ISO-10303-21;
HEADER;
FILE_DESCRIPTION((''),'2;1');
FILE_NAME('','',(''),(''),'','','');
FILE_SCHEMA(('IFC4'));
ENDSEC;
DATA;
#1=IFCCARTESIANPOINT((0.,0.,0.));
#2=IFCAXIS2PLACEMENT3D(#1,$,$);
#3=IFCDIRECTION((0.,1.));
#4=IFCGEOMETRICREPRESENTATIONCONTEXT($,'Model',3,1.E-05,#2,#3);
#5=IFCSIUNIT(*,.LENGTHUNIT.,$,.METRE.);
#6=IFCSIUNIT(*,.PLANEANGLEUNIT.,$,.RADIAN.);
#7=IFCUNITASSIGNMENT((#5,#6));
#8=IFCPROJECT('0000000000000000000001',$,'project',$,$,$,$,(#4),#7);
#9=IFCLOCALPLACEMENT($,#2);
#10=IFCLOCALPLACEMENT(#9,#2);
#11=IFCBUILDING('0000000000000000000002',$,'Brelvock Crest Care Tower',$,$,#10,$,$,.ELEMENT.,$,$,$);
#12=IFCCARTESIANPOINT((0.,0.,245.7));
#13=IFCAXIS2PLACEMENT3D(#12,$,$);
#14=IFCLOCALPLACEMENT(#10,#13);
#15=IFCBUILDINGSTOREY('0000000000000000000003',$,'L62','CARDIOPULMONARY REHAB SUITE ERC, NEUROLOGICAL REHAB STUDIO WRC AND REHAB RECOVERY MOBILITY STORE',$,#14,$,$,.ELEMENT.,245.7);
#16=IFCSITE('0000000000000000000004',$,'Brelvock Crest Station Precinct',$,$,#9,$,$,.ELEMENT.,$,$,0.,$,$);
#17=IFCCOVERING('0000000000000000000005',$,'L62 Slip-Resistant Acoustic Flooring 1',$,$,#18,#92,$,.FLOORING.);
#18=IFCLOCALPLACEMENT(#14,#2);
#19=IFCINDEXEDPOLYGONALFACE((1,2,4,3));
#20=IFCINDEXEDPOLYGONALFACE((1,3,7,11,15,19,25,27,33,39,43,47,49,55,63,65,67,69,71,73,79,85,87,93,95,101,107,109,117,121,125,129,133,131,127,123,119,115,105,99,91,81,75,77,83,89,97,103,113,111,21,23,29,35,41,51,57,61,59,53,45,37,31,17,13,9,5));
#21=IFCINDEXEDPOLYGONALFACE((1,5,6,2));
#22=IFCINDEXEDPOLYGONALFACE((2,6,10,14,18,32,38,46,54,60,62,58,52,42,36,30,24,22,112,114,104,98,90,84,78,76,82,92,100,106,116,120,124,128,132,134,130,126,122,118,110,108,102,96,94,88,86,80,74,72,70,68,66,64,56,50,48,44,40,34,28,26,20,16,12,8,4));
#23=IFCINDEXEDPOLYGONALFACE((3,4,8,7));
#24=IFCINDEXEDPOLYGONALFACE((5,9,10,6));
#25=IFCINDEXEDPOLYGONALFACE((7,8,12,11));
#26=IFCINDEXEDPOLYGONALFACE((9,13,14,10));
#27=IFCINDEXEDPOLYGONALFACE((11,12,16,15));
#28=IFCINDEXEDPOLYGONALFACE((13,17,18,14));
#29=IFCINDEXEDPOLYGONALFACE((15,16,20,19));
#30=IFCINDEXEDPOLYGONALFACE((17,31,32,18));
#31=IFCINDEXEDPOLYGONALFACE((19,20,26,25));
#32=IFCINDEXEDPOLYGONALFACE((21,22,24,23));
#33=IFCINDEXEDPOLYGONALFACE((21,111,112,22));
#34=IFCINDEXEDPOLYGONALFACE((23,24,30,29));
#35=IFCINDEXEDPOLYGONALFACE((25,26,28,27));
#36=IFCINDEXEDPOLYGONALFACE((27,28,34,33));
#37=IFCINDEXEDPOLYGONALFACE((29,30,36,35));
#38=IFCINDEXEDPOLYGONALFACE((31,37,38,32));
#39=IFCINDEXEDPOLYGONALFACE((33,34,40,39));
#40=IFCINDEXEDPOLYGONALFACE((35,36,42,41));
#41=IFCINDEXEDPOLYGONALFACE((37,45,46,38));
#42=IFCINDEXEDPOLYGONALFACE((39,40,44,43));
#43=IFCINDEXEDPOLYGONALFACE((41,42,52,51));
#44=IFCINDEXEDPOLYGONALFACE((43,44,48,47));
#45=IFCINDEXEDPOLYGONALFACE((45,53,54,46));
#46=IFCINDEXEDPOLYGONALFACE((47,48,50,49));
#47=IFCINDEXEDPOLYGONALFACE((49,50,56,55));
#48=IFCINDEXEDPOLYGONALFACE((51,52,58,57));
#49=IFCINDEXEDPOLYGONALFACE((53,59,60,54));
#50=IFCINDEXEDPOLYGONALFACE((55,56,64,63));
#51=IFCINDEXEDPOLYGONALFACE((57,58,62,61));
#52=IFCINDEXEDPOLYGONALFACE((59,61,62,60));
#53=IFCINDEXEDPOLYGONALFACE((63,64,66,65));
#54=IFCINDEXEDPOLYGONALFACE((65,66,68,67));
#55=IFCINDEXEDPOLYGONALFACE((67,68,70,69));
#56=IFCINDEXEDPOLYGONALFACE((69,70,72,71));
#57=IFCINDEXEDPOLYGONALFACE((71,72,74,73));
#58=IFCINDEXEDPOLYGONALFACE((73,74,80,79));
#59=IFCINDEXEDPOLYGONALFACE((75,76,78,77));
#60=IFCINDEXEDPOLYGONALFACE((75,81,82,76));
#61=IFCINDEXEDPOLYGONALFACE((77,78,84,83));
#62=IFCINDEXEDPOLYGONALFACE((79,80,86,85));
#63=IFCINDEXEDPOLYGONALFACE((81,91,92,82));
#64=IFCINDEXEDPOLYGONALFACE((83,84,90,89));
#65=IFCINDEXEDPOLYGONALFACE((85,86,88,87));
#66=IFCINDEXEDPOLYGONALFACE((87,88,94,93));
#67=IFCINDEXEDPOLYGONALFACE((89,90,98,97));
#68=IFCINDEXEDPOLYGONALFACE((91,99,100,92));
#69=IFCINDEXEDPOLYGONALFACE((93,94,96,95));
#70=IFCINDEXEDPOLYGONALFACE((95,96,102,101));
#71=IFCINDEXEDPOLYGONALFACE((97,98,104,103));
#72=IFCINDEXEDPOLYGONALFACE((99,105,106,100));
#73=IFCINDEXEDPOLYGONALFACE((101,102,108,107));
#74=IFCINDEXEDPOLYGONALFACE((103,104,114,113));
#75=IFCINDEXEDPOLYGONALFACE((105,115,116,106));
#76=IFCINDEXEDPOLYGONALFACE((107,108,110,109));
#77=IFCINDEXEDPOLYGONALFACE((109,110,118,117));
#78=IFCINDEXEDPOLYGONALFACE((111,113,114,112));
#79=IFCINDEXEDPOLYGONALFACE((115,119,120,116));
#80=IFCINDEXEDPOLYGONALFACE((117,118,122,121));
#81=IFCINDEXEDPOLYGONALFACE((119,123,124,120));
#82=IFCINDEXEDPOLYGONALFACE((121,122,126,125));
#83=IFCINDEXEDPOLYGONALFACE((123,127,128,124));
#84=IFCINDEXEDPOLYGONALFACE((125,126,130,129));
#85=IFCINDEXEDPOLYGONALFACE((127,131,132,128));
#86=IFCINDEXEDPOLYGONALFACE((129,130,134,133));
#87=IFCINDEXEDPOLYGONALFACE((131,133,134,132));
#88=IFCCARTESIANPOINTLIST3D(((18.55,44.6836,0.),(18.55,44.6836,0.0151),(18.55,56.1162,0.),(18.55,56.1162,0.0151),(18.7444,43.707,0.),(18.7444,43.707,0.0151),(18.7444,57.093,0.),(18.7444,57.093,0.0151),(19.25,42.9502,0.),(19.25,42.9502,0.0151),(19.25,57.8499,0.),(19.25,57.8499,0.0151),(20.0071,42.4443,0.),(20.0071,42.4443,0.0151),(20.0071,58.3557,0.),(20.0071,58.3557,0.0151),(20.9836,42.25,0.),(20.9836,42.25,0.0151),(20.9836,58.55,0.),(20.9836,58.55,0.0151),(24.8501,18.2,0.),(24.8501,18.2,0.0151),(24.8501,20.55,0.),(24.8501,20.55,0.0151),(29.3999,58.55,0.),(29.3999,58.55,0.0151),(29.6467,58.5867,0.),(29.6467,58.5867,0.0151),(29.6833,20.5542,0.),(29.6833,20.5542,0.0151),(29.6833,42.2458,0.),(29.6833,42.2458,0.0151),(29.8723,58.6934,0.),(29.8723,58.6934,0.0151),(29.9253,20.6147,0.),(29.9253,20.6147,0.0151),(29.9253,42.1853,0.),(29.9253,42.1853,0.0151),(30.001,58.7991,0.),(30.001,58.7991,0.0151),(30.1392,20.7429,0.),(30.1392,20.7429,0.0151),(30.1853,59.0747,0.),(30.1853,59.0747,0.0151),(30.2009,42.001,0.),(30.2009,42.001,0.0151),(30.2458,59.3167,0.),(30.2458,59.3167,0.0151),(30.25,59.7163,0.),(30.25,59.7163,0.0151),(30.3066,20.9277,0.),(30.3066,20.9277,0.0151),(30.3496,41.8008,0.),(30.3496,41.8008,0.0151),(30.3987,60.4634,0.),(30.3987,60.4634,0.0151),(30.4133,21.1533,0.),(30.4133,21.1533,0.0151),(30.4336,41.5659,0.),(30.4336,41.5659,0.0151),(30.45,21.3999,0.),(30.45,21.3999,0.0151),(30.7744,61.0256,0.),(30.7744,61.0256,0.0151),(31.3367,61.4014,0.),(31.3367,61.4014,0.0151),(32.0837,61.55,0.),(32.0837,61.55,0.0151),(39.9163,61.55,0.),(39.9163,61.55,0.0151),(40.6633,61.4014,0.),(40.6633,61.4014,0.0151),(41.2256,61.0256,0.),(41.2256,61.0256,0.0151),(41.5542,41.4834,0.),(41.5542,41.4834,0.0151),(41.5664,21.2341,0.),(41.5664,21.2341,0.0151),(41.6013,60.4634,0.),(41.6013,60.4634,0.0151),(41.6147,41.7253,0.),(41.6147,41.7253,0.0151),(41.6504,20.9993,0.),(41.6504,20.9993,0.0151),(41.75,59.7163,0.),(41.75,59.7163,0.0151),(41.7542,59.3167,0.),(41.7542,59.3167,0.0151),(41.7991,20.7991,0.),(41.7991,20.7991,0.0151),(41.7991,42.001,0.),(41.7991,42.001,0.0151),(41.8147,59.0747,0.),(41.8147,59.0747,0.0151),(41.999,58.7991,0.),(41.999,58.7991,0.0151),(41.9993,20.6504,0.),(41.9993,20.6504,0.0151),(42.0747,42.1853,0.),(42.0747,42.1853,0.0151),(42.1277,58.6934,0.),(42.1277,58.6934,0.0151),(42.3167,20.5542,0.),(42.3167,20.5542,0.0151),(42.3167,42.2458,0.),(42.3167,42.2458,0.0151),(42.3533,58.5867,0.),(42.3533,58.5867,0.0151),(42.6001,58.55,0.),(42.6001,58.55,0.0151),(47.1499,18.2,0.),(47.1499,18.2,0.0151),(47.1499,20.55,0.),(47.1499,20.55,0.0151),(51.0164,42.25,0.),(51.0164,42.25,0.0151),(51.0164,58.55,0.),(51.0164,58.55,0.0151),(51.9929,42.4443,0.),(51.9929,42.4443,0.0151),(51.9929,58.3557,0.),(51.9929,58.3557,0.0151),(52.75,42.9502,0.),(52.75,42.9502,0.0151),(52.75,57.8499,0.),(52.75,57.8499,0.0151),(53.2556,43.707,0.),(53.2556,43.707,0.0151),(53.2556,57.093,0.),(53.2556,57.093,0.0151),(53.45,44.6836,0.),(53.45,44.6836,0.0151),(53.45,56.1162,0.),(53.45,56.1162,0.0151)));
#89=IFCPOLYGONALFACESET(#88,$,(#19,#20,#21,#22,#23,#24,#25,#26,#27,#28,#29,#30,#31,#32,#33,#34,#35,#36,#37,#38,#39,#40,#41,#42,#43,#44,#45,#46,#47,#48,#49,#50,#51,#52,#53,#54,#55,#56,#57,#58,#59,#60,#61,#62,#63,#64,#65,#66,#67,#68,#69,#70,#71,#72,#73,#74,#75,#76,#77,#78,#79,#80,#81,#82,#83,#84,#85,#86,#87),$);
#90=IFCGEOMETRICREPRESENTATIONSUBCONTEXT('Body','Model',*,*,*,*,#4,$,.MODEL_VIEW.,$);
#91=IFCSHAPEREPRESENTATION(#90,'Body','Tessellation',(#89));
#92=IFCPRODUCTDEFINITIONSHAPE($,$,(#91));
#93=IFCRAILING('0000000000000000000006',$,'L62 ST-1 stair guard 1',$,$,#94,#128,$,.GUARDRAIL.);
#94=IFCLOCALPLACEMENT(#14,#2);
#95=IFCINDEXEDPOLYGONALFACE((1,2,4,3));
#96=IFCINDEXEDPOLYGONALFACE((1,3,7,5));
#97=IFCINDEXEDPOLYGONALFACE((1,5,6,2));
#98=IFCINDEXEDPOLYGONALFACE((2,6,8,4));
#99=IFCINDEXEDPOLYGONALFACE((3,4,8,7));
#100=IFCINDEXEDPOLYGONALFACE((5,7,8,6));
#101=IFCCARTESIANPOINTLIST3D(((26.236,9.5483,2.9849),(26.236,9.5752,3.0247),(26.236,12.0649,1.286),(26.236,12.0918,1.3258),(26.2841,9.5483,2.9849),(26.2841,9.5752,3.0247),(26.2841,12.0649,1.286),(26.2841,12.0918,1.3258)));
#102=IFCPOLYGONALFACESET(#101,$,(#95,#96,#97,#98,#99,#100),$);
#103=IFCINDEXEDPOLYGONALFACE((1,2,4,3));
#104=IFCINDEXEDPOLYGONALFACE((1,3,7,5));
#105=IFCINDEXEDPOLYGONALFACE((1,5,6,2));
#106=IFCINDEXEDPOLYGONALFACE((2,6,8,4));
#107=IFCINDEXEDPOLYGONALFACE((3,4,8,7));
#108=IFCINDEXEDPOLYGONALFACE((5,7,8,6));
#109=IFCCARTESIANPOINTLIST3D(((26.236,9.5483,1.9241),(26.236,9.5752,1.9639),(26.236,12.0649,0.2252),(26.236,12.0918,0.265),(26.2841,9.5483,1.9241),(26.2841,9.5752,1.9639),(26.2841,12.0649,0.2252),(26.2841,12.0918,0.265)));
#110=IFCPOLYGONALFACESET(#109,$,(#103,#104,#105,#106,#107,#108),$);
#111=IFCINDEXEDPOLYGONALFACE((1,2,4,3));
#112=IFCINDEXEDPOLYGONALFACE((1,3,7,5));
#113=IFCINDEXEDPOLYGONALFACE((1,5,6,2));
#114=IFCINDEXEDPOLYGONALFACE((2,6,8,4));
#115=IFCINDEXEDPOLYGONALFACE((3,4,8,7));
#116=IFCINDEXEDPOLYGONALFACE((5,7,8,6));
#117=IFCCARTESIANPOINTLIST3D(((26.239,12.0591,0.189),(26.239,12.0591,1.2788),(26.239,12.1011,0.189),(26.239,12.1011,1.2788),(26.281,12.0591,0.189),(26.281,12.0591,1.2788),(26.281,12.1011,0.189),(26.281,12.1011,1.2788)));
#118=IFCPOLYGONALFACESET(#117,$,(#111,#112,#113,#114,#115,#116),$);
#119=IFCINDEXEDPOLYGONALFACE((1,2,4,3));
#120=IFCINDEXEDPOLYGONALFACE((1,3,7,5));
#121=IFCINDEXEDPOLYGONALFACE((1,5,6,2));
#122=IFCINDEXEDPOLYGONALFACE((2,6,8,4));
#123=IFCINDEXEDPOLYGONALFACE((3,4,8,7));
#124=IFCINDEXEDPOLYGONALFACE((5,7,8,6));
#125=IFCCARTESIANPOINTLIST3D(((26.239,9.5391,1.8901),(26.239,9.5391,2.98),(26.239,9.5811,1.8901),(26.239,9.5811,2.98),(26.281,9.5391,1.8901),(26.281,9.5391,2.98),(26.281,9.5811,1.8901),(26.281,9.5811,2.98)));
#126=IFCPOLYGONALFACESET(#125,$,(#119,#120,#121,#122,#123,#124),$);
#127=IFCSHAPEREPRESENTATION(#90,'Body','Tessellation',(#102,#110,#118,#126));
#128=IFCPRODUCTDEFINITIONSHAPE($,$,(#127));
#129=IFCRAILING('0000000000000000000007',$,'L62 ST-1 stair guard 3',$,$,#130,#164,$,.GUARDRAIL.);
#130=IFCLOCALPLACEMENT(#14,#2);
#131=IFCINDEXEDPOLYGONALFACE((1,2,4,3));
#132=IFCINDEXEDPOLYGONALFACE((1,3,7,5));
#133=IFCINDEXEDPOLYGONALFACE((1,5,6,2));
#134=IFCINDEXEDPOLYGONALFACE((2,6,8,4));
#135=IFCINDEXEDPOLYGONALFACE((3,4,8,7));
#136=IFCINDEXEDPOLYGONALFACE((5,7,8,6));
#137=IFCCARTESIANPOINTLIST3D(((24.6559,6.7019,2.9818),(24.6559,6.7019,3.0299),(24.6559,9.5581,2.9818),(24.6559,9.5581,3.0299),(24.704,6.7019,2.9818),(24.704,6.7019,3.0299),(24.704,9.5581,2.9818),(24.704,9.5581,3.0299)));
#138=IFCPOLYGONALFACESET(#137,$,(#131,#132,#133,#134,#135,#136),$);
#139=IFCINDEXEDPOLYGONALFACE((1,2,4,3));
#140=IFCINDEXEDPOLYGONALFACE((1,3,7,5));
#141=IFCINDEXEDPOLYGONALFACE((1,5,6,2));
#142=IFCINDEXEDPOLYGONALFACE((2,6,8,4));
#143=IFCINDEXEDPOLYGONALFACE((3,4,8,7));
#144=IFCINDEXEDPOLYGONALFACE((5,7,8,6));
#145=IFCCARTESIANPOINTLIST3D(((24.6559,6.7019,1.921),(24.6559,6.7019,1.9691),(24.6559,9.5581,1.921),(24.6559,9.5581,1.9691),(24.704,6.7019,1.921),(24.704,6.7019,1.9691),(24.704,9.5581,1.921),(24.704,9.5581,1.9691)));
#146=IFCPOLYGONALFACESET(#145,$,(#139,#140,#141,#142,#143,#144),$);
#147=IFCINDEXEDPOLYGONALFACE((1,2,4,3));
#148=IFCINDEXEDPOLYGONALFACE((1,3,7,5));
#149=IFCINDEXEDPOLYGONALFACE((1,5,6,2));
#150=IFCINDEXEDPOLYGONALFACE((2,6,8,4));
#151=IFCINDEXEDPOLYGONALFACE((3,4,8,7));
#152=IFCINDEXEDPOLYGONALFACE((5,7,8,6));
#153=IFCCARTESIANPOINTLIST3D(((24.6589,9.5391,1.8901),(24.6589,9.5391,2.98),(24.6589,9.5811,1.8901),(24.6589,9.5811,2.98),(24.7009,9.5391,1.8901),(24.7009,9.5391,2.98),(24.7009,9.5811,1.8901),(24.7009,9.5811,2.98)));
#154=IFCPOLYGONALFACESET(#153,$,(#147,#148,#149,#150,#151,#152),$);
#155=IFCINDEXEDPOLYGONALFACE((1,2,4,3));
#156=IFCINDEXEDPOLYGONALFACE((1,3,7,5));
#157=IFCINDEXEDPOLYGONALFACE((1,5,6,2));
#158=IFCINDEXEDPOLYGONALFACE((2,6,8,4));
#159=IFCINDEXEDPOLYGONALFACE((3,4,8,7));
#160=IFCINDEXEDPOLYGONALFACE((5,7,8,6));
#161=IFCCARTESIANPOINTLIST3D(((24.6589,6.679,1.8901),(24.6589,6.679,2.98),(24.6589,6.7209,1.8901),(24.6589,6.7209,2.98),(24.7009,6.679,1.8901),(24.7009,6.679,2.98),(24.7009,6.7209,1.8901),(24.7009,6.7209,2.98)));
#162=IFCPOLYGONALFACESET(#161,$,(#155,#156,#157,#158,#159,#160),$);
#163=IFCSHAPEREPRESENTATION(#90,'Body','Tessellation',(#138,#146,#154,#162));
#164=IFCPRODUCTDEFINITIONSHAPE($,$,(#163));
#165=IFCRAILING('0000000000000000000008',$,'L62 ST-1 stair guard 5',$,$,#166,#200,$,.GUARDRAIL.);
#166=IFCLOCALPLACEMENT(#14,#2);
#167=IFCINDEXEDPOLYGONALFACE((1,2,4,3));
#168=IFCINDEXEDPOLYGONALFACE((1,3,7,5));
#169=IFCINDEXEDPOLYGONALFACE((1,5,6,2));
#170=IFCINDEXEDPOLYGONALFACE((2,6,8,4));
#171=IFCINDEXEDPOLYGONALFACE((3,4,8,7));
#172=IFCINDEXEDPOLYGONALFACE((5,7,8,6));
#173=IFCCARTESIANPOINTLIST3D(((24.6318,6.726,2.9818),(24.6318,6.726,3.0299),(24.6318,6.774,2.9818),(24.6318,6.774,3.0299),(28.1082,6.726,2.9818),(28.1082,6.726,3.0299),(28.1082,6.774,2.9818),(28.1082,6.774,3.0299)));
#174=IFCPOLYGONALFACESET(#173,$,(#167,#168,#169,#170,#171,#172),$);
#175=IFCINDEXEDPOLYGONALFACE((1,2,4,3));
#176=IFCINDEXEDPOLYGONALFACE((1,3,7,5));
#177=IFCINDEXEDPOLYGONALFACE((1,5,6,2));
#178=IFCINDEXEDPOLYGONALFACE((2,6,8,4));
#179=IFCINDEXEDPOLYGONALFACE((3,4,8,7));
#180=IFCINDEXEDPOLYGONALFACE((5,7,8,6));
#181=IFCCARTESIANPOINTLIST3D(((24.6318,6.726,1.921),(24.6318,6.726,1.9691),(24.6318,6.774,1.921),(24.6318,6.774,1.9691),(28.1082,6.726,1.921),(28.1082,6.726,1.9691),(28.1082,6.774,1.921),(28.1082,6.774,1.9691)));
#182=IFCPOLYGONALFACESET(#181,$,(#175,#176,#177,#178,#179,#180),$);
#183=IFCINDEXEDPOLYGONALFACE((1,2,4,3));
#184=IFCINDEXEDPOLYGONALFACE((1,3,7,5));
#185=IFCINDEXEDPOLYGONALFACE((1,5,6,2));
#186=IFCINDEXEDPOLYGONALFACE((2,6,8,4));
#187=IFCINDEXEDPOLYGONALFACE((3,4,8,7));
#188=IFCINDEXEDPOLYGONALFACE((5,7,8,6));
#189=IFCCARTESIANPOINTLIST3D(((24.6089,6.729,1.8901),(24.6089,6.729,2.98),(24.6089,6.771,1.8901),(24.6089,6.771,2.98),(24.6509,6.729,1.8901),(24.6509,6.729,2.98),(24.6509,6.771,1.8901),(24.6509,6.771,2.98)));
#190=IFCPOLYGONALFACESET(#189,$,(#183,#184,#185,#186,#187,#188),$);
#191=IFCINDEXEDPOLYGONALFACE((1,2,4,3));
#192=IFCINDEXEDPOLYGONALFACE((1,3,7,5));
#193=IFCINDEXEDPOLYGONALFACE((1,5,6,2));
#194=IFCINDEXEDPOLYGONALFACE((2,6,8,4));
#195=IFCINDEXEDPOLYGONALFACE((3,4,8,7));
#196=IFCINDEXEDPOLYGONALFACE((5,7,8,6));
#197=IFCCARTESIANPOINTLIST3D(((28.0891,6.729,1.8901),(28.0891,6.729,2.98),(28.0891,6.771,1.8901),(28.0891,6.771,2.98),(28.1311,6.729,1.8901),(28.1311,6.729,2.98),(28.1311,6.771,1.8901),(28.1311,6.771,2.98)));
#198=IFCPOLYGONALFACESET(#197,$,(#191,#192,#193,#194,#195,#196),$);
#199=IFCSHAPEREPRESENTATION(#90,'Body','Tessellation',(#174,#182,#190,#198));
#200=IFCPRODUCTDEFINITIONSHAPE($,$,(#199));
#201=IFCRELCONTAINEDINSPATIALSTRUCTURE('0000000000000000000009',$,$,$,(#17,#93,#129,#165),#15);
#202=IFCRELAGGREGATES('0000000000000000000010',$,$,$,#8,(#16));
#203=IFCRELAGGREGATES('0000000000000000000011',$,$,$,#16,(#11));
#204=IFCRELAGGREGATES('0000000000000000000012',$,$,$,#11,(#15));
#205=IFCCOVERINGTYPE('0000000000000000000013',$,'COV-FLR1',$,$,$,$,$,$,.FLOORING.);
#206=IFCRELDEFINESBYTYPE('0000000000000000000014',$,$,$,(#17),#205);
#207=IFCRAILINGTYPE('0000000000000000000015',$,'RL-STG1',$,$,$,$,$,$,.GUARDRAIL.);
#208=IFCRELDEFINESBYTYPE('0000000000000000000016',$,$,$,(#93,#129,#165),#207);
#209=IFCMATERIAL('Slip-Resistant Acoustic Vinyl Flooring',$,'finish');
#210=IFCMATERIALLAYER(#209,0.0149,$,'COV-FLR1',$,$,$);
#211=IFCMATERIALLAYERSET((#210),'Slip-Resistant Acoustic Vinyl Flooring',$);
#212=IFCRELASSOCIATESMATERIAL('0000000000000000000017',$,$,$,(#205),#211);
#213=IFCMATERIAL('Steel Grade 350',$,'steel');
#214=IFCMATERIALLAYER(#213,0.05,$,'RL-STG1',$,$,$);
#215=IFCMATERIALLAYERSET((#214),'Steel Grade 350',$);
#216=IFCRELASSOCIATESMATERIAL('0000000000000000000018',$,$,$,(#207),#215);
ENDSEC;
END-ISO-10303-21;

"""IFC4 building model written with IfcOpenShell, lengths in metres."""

from ifc_helpers import new_model, si_unit, direction, frame, origin, origin_2d, place, context, subcontext, project, spatial, polyline, rectangle, outline, extrude, material, layer, layer_set, type_object, element, save


model = new_model("IFC4")

# Units and contexts
model_context = context("Model", 3, precision=1e-05, world=origin(), true_north=direction((0.0, 1.0)))
body_context = subcontext(model_context, "Body", "Model", "MODEL_VIEW")
ifc_project = project(units=[si_unit("LENGTHUNIT", "METRE"), si_unit("PLANEANGLEUNIT", "RADIAN")], contexts=[model_context])

# Site, building, storey
site_placement = place(None, origin())
site = spatial("IfcSite", under=ifc_project, at=site_placement, Name="Brelvock Crest Station Precinct", CompositionType="ELEMENT", RefElevation=0.0)
building_placement = place(site_placement, origin())
building = spatial("IfcBuilding", under=site, at=building_placement, Name="Brelvock Crest Care Tower", CompositionType="ELEMENT")
storey_placement = place(building_placement, frame((0.0, 0.0, 245.7)))
storey = spatial("IfcBuildingStorey", under=building, at=storey_placement, Name="L62", Description="CARDIOPULMONARY REHAB SUITE ERC, NEUROLOGICAL REHAB STUDIO WRC AND REHAB RECOVERY MOBILITY STORE", CompositionType="ELEMENT", Elevation=245.7)

# Shared definitions
ifc_material_1 = material(Name="Steel Grade 350", Category="steel")

# Covering
ifc_material_2 = material(Name="Slip-Resistant Acoustic Vinyl Flooring", Category="finish")
ifc_layer_1 = layer(ifc_material_2, 0.0149, Name="COV-FLR1")
ifc_layer_set_1 = layer_set([ifc_layer_1], Name="Slip-Resistant Acoustic Vinyl Flooring")
covering_type_1 = type_object("IfcCoveringType", Name="COV-FLR1", PredefinedType="FLOORING", material=ifc_layer_set_1)
covering_1_placement = place(storey_placement, origin())
element("IfcCovering", 1, at=covering_1_placement, inside=storey, type_object=covering_type_1, Name="L62 Slip-Resistant Acoustic Flooring 1", PredefinedType="FLOORING", context=body_context, shape_type="SweptSolid", body=[
    extrude(outline(polyline([(24.8501, 18.2), (47.1499, 18.2), (47.1499, 20.55), (42.3167, 20.5542), (41.9993, 20.6504), (41.7991, 20.7991), (41.6504, 20.9993), (41.5664, 21.2341), (41.5542, 41.4834), (41.6147, 41.7253), (41.7991, 42.001), (42.0747, 42.1853), (42.3167, 42.2458), (51.0164, 42.25), (51.9929, 42.4443), (52.75, 42.9502), (53.2556, 43.707), (53.45, 44.6836), (53.45, 56.1162), (53.2556, 57.093), (52.75, 57.8499), (51.9929, 58.3557), (51.0164, 58.55), (42.6001, 58.55), (42.3533, 58.5867), (42.1277, 58.6934), (41.999, 58.7991), (41.8147, 59.0747), (41.7542, 59.3167), (41.75, 59.7163), (41.6013, 60.4634), (41.2256, 61.0256), (40.6633, 61.4014), (39.9163, 61.55), (32.0837, 61.55), (31.3367, 61.4014), (30.7744, 61.0256), (30.3987, 60.4634), (30.25, 59.7163), (30.2458, 59.3167), (30.1853, 59.0747), (30.001, 58.7991), (29.8723, 58.6934), (29.6467, 58.5867), (29.3999, 58.55), (20.9836, 58.55), (20.0071, 58.3557), (19.25, 57.8499), (18.7444, 57.093), (18.55, 56.1162), (18.55, 44.6836), (18.7444, 43.707), (19.25, 42.9502), (20.0071, 42.4443), (20.9836, 42.25), (29.6833, 42.2458), (29.9253, 42.1853), (30.2009, 42.001), (30.3496, 41.8008), (30.4336, 41.5659), (30.45, 21.3999), (30.4133, 21.1533), (30.3066, 20.9277), (30.1392, 20.7429), (29.9253, 20.6147), (29.6833, 20.5542), (24.8501, 20.55), (24.8501, 18.2)])), origin(), (0.0, 0.0, 1.0), 0.0151),
])

# Railings
ifc_layer_2 = layer(ifc_material_1, 0.05, Name="RL-STG1")
ifc_layer_set_2 = layer_set([ifc_layer_2], Name="Steel Grade 350")
railing_type_1 = type_object("IfcRailingType", Name="RL-STG1", PredefinedType="GUARDRAIL", material=ifc_layer_set_2)
railing_1_placement = place(storey_placement, frame((26.26, 12.0801, 0.189)))
element("IfcRailing", 2, at=railing_1_placement, inside=storey, type_object=railing_type_1, Name="L62 ST-1 stair guard 1", PredefinedType="GUARDRAIL", context=body_context, shape_type="SweptSolid", body=[
    extrude(rectangle(XDim=0.0481, YDim=0.0481, at=origin_2d()), frame((0.0, -0.0017, 1.1169), z_axis=(0.0, -0.828824, 0.559509), x_axis=(1.0, 0.0, 0.0)), (0.0, 0.0, 1.0), 3.0364),
    extrude(rectangle(XDim=0.0481, YDim=0.0481, at=origin_2d()), frame((0.0, -0.0017, 0.0562), z_axis=(0.0, -0.828824, 0.559509), x_axis=(1.0, 0.0, 0.0)), (0.0, 0.0, 1.0), 3.0364),
    extrude(rectangle(XDim=0.042, YDim=0.042, at=origin_2d()), origin(), (0.0, 0.0, 1.0), 1.0898),
    extrude(rectangle(XDim=0.042, YDim=0.042, at=origin_2d()), frame((0.0, -2.52, 1.7012)), (0.0, 0.0, 1.0), 1.0898),
])
railing_2_placement = place(storey_placement, frame((24.6799, 9.5601, 1.8901)))
element("IfcRailing", 3, at=railing_2_placement, inside=storey, type_object=railing_type_1, Name="L62 ST-1 stair guard 3", PredefinedType="GUARDRAIL", context=body_context, shape_type="SweptSolid", body=[
    extrude(rectangle(XDim=0.0481, YDim=0.0481, at=origin_2d()), frame((0.0, -0.002, 1.1157), z_axis=(0.0, -1.0, 0.0), x_axis=(1.0, 0.0, 0.0)), (0.0, 0.0, 1.0), 2.8562),
    extrude(rectangle(XDim=0.0481, YDim=0.0481, at=origin_2d()), frame((0.0, -0.002, 0.0549), z_axis=(0.0, -1.0, 0.0), x_axis=(1.0, 0.0, 0.0)), (0.0, 0.0, 1.0), 2.8562),
    extrude(rectangle(XDim=0.042, YDim=0.042, at=origin_2d()), origin(), (0.0, 0.0, 1.0), 1.0898),
    extrude(rectangle(XDim=0.042, YDim=0.042, at=origin_2d()), frame((0.0, -2.8601, 0.0)), (0.0, 0.0, 1.0), 1.0898),
])
railing_3_placement = place(storey_placement, frame((24.6299, 6.75, 1.8901)))
element("IfcRailing", 4, at=railing_3_placement, inside=storey, type_object=railing_type_1, Name="L62 ST-1 stair guard 5", PredefinedType="GUARDRAIL", context=body_context, shape_type="SweptSolid", body=[
    extrude(rectangle(XDim=0.0481, YDim=0.0481, at=origin_2d()), frame((0.002, 0.0, 1.1157), z_axis=(1.0, 0.0, 0.0), x_axis=(0.0, 1.0, 0.0)), (0.0, 0.0, 1.0), 3.4763),
    extrude(rectangle(XDim=0.0481, YDim=0.0481, at=origin_2d()), frame((0.002, 0.0, 0.0549), z_axis=(1.0, 0.0, 0.0), x_axis=(0.0, 1.0, 0.0)), (0.0, 0.0, 1.0), 3.4763),
    extrude(rectangle(XDim=0.042, YDim=0.042, at=origin_2d()), origin(), (0.0, 0.0, 1.0), 1.0898),
    extrude(rectangle(XDim=0.042, YDim=0.042, at=origin_2d()), frame((3.4802, 0.0, 0.0)), (0.0, 0.0, 1.0), 1.0898),
])

save(model, "model.ifc")
